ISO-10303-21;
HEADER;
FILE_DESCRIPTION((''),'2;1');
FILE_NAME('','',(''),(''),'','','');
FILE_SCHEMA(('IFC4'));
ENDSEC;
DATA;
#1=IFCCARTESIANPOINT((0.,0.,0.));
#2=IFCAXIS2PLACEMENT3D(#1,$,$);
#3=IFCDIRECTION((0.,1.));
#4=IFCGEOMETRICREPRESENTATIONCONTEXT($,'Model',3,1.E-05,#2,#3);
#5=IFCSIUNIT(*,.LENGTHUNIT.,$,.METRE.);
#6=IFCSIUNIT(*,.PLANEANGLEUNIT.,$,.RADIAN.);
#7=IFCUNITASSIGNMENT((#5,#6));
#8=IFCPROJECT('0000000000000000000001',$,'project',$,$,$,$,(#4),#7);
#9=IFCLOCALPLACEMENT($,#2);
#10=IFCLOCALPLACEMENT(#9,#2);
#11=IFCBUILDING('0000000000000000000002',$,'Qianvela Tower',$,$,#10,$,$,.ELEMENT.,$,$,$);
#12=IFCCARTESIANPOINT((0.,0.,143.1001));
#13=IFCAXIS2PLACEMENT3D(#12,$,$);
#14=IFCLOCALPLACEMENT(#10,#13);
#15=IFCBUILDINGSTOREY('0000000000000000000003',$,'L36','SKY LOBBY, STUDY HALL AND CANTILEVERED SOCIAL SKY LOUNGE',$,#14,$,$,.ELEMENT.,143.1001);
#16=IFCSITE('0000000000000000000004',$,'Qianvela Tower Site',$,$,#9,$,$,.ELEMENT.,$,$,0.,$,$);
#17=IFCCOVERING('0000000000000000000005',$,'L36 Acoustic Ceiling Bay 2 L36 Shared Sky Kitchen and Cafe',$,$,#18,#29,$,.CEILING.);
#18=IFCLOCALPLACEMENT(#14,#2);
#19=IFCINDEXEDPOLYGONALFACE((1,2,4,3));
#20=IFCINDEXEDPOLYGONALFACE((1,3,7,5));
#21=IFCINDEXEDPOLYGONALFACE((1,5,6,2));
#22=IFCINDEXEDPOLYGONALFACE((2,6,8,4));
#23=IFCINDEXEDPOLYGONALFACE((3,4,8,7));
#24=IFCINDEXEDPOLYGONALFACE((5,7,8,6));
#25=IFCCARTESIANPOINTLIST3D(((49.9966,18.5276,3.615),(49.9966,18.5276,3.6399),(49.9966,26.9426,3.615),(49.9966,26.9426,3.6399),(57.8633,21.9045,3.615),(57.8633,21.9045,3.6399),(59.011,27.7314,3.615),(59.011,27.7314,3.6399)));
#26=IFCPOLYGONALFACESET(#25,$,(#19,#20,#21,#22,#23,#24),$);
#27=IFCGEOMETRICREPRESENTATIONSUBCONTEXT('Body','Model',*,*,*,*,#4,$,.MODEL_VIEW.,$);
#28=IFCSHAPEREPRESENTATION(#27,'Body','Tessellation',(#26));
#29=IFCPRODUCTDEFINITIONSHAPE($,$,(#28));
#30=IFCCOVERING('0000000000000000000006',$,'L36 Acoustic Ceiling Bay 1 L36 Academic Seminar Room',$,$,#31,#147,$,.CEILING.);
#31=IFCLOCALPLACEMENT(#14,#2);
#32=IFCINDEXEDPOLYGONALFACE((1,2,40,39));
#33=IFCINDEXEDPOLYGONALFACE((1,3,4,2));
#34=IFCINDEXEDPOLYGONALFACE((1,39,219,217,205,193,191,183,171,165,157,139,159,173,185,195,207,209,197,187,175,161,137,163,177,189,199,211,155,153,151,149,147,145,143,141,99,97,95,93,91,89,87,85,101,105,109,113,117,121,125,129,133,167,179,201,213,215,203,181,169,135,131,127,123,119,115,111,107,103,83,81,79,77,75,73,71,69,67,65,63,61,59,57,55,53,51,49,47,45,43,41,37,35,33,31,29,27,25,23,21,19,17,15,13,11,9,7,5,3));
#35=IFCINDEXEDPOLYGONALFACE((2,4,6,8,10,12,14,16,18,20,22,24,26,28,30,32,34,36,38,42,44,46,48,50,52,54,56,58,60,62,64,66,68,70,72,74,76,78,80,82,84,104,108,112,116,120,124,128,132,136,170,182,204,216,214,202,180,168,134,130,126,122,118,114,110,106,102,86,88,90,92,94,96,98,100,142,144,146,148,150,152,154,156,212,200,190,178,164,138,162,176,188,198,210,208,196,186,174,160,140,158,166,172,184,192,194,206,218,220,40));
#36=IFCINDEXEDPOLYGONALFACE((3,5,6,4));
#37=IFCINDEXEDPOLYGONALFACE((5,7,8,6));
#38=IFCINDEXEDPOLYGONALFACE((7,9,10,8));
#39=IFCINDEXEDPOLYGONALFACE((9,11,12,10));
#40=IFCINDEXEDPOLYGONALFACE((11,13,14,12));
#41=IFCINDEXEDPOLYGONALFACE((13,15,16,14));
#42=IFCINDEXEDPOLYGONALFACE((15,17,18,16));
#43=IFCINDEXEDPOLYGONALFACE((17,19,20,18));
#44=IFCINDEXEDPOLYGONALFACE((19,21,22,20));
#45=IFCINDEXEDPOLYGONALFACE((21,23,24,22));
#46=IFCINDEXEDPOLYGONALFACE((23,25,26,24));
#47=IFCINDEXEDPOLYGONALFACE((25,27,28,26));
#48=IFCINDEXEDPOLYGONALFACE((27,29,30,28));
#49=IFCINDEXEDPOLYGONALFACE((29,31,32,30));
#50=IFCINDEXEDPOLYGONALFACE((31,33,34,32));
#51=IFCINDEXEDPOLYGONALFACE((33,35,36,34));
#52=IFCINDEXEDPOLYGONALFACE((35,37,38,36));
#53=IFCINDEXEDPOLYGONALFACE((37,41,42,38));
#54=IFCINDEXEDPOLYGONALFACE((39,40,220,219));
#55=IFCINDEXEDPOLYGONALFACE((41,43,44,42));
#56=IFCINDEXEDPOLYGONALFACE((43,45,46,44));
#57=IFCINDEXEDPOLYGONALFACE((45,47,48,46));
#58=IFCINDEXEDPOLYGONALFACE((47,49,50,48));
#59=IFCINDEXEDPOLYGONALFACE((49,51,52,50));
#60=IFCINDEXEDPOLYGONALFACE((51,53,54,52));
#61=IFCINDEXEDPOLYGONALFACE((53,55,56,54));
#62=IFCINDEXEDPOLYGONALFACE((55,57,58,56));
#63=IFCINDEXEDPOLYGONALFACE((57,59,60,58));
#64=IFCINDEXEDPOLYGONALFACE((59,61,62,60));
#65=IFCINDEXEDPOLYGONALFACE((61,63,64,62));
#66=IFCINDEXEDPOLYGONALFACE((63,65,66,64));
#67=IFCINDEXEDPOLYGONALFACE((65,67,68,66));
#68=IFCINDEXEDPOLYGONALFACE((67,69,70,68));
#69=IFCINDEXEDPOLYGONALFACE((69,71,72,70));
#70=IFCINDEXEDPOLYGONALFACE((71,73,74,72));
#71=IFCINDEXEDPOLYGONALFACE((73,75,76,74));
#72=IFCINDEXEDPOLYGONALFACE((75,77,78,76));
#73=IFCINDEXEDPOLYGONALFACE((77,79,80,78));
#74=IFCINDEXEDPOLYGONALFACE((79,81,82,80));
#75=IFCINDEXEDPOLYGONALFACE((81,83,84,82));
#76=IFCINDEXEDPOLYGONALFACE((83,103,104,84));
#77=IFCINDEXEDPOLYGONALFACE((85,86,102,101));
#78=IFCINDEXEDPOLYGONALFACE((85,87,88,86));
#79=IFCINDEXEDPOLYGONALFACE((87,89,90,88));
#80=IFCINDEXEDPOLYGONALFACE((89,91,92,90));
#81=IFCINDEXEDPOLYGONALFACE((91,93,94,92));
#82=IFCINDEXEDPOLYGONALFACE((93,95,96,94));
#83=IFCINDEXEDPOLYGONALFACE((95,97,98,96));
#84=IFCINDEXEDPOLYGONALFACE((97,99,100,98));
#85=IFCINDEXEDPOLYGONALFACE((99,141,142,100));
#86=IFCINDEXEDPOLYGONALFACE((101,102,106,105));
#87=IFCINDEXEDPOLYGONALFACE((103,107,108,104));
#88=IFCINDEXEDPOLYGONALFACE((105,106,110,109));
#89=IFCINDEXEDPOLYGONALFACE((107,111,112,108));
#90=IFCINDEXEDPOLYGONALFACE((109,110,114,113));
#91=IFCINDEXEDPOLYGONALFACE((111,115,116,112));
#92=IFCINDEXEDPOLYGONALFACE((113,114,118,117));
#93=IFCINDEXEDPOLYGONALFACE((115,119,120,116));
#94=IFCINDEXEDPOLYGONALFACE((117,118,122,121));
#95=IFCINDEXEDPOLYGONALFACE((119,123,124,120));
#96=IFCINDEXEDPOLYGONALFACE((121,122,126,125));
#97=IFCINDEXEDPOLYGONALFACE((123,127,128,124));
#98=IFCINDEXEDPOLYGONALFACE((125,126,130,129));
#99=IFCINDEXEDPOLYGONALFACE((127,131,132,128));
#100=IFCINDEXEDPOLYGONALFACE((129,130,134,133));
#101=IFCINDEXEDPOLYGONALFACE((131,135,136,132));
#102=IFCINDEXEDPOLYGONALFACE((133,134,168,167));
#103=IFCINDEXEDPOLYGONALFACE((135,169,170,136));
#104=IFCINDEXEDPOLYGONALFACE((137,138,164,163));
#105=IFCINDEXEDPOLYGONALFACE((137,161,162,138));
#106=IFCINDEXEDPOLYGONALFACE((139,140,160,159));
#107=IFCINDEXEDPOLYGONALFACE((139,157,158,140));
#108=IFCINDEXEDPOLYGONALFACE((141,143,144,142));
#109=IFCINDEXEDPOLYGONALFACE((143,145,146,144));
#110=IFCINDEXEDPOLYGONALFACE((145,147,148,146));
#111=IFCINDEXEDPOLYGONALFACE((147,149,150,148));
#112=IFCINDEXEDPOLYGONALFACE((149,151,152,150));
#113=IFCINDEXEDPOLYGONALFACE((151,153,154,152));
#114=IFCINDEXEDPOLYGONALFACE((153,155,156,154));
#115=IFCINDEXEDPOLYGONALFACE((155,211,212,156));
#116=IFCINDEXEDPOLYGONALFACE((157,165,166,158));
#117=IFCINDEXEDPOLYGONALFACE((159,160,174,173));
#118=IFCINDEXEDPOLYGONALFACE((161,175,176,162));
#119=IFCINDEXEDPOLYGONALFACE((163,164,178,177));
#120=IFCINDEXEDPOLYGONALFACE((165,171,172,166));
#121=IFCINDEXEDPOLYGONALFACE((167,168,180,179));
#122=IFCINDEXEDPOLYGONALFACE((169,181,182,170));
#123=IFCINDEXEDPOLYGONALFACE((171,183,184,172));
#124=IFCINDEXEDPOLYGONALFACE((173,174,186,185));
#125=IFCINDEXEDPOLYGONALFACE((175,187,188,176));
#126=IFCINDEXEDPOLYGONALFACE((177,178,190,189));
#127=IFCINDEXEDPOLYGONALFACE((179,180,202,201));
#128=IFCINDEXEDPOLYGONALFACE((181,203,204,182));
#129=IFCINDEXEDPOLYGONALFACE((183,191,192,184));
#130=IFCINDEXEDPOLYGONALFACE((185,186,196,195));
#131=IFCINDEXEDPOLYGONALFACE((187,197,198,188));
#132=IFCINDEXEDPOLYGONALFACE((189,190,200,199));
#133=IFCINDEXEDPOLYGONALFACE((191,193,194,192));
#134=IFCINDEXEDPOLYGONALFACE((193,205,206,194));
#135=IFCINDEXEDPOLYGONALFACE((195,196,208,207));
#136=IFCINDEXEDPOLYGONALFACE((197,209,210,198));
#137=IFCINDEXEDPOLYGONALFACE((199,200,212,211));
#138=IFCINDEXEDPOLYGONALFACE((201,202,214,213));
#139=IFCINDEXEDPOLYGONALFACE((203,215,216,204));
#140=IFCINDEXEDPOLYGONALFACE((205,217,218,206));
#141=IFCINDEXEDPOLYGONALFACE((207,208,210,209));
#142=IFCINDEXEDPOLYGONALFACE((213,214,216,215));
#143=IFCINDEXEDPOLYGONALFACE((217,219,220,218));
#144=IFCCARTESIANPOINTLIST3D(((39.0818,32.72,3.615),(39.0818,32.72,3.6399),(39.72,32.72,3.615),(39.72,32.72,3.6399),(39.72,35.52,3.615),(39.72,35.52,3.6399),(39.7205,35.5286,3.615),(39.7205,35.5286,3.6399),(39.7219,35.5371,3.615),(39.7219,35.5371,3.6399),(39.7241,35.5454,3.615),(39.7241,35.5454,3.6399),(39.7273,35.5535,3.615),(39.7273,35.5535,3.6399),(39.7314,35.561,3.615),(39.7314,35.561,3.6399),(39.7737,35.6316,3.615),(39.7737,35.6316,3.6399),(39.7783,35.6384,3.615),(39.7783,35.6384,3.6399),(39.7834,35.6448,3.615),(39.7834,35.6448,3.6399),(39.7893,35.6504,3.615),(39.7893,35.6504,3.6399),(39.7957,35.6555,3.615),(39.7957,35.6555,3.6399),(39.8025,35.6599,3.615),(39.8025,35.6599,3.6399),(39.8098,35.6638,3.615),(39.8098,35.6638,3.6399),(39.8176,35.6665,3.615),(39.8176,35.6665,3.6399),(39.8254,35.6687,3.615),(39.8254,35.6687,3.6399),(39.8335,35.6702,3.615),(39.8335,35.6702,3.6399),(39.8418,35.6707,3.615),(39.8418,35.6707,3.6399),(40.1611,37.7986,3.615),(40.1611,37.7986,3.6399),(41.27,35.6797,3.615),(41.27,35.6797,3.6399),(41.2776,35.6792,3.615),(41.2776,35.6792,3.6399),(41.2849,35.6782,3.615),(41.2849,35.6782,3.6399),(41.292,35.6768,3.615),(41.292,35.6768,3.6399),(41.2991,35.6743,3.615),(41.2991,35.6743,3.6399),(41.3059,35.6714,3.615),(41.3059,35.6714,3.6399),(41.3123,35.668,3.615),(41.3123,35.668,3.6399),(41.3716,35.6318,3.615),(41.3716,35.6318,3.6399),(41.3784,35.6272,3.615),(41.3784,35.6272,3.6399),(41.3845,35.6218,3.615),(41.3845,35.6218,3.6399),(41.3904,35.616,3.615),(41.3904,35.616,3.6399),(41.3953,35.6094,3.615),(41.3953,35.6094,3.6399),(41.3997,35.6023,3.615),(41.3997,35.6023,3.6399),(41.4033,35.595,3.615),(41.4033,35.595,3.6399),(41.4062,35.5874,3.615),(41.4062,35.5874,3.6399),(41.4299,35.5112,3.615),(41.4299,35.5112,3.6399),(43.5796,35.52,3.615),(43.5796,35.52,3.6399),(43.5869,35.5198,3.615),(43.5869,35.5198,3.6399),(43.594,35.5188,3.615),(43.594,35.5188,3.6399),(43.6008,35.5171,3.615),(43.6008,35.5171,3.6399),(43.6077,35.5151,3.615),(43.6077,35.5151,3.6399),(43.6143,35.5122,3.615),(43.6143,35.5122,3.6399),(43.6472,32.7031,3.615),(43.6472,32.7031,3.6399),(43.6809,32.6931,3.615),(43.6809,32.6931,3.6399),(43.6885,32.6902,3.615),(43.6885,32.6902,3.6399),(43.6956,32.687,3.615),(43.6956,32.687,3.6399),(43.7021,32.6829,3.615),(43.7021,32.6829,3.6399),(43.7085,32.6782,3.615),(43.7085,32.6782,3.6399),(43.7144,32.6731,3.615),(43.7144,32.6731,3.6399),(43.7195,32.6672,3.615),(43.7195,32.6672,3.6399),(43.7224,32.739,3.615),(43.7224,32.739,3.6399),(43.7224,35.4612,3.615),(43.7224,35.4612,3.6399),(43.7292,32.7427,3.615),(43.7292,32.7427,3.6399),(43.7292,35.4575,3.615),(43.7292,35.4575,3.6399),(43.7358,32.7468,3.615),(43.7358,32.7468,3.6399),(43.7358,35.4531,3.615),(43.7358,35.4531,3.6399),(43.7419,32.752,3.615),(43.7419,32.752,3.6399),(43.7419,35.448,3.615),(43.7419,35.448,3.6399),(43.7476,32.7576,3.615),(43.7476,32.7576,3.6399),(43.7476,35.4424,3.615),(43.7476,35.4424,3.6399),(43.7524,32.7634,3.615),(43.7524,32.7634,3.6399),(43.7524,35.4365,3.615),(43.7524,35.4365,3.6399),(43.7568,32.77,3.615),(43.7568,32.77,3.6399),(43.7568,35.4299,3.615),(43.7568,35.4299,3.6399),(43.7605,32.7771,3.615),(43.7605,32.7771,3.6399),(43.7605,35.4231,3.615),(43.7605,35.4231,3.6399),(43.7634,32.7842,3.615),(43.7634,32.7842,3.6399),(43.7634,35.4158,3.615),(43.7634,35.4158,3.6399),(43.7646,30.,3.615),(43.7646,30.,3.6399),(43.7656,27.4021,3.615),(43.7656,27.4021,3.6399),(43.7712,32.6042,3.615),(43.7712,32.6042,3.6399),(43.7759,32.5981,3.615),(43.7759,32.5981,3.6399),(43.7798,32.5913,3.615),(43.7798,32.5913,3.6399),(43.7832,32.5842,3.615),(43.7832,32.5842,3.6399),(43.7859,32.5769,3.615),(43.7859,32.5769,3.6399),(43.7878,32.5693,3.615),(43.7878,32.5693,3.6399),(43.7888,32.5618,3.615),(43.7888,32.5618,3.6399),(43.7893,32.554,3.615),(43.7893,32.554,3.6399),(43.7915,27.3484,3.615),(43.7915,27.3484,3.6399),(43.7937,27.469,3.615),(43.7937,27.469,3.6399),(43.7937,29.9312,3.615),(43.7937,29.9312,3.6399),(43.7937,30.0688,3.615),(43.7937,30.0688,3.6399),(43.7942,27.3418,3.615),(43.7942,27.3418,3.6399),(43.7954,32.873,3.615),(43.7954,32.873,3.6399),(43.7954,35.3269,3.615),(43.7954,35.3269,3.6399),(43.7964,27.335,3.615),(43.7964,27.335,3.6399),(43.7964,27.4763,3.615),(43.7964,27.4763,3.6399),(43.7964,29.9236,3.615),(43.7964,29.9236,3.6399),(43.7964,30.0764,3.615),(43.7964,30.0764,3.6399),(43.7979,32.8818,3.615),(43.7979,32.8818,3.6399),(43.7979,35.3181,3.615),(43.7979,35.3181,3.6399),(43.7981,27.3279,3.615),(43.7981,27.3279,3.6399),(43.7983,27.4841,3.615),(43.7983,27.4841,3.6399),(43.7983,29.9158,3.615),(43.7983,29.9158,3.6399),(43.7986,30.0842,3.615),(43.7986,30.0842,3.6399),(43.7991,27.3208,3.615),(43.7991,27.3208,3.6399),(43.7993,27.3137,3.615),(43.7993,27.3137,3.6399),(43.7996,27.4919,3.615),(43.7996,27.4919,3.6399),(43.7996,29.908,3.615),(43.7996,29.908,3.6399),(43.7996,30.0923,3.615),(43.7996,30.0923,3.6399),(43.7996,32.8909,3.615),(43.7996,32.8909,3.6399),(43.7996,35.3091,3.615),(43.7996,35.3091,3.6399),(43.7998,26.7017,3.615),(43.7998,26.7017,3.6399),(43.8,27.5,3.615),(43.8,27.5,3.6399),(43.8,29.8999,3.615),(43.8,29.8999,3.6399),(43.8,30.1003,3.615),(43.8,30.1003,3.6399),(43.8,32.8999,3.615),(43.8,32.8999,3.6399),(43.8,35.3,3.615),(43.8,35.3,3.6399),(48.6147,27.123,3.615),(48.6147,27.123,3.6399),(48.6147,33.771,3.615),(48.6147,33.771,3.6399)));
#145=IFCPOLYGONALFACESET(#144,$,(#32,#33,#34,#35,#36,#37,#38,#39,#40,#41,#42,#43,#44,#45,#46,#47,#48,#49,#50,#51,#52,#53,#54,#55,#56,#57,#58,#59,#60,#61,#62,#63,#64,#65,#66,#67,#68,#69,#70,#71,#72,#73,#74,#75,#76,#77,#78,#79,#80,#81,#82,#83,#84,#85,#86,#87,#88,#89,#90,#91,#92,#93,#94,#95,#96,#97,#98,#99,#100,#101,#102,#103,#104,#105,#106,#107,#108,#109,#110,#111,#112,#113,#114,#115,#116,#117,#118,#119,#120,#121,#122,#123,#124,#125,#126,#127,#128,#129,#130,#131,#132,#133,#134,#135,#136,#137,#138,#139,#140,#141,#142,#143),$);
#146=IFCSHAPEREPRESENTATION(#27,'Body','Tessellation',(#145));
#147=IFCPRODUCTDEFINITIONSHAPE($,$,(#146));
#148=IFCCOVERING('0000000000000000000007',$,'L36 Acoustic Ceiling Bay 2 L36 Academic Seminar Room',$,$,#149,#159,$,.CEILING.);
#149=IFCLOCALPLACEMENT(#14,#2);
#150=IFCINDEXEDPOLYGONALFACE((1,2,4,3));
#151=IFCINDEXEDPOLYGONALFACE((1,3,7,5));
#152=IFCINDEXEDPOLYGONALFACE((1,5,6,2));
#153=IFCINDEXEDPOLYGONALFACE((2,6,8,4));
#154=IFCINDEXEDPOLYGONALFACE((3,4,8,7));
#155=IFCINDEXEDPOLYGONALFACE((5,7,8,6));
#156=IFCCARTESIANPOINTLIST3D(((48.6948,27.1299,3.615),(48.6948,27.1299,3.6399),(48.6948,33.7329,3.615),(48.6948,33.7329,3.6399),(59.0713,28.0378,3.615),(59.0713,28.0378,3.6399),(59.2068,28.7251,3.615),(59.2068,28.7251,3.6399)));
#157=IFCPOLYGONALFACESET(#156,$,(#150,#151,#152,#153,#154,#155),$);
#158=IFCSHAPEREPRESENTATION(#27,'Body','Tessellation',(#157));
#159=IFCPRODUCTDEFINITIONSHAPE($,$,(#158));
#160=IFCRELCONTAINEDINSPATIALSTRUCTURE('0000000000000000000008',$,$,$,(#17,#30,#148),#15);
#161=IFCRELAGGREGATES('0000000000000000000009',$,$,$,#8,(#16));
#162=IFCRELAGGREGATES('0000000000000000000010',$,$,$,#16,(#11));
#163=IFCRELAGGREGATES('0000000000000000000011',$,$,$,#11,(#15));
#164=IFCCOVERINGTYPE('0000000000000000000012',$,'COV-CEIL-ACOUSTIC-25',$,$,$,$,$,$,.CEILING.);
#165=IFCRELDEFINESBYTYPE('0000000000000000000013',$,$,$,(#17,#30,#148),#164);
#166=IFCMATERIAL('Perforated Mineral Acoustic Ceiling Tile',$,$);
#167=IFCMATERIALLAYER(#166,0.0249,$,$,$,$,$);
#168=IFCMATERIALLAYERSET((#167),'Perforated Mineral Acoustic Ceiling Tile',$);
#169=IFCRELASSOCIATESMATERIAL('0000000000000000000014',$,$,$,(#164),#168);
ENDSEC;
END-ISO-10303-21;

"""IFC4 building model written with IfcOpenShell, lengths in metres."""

from ifc_helpers import new_model, si_unit, direction, frame, origin, place, context, subcontext, project, spatial, polyline, outline, extrude, material, layer, layer_set, type_object, element, save


model = new_model("IFC4")

# Units and contexts
model_context = context("Model", 3, precision=1e-05, world=origin(), true_north=direction((0.0, 1.0)))
body_context = subcontext(model_context, "Body", "Model", "MODEL_VIEW")
ifc_project = project(units=[si_unit("LENGTHUNIT", "METRE"), si_unit("PLANEANGLEUNIT", "RADIAN")], contexts=[model_context])

# Site, building, storey
site_placement = place(None, origin())
site = spatial("IfcSite", under=ifc_project, at=site_placement, Name="Qianvela Tower Site", CompositionType="ELEMENT", RefElevation=0.0)
building_placement = place(site_placement, origin())
building = spatial("IfcBuilding", under=site, at=building_placement, Name="Qianvela Tower", CompositionType="ELEMENT")
storey_placement = place(building_placement, frame((0.0, 0.0, 143.1001)))
storey = spatial("IfcBuildingStorey", under=building, at=storey_placement, Name="L36", Description="SKY LOBBY, STUDY HALL AND CANTILEVERED SOCIAL SKY LOUNGE", CompositionType="ELEMENT", Elevation=143.1001)

# Coverings
ifc_material_1 = material(Name="Perforated Mineral Acoustic Ceiling Tile")
ifc_layer_1 = layer(ifc_material_1, 0.0249)
ifc_layer_set_1 = layer_set([ifc_layer_1], Name="Perforated Mineral Acoustic Ceiling Tile")
covering_type_1 = type_object("IfcCoveringType", Name="COV-CEIL-ACOUSTIC-25", PredefinedType="CEILING", material=ifc_layer_set_1)
covering_1_placement = place(storey_placement, frame((0.0, 0.0, 3.615)))
element("IfcCovering", 1, at=covering_1_placement, inside=storey, type_object=covering_type_1, Name="L36 Acoustic Ceiling Bay 2 L36 Shared Sky Kitchen and Cafe", PredefinedType="CEILING", context=body_context, shape_type="SweptSolid", body=[
    extrude(outline(polyline([(59.011, 27.7314), (57.8633, 21.9045), (49.9966, 18.5276), (49.9966, 26.9426), (59.011, 27.7314)])), origin(), (0.0, 0.0, 1.0), 0.0249),
])
covering_2_placement = place(storey_placement, frame((0.0, 0.0, 3.615)))
element("IfcCovering", 2, at=covering_2_placement, inside=storey, type_object=covering_type_1, Name="L36 Acoustic Ceiling Bay 1 L36 Academic Seminar Room", PredefinedType="CEILING", context=body_context, shape_type="SweptSolid", body=[
    extrude(outline(polyline([(43.7224, 32.739), (43.7292, 32.7427), (43.7358, 32.7468), (43.7419, 32.752), (43.7476, 32.7576), (43.7524, 32.7634), (43.7568, 32.77), (43.7605, 32.7771), (43.7634, 32.7842), (43.7954, 32.873), (43.7979, 32.8818), (43.7996, 32.8909), (43.8, 32.8999), (43.8, 35.3), (43.7996, 35.3091), (43.7979, 35.3181), (43.7954, 35.3269), (43.7634, 35.4158), (43.7605, 35.4231), (43.7568, 35.4299), (43.7524, 35.4365), (43.7476, 35.4424), (43.7419, 35.448), (43.7358, 35.4531), (43.7292, 35.4575), (43.7224, 35.4612), (43.6143, 35.5122), (43.6077, 35.5151), (43.6008, 35.5171), (43.594, 35.5188), (43.5869, 35.5198), (43.5796, 35.52), (41.4299, 35.5112), (41.4062, 35.5874), (41.4033, 35.595), (41.3997, 35.6023), (41.3953, 35.6094), (41.3904, 35.616), (41.3845, 35.6218), (41.3784, 35.6272), (41.3716, 35.6318), (41.3123, 35.668), (41.3059, 35.6714), (41.2991, 35.6743), (41.292, 35.6768), (41.2849, 35.6782), (41.2776, 35.6792), (41.27, 35.6797), (39.8418, 35.6707), (39.8335, 35.6702), (39.8254, 35.6687), (39.8176, 35.6665), (39.8098, 35.6638), (39.8025, 35.6599), (39.7957, 35.6555), (39.7893, 35.6504), (39.7834, 35.6448), (39.7783, 35.6384), (39.7737, 35.6316), (39.7314, 35.561), (39.7273, 35.5535), (39.7241, 35.5454), (39.7219, 35.5371), (39.7205, 35.5286), (39.72, 35.52), (39.72, 32.72), (39.0818, 32.72), (40.1611, 37.7986), (48.6147, 33.771), (48.6147, 27.123), (43.7998, 26.7017), (43.7993, 27.3137), (43.7991, 27.3208), (43.7981, 27.3279), (43.7964, 27.335), (43.7942, 27.3418), (43.7915, 27.3484), (43.7656, 27.4021), (43.7937, 27.469), (43.7964, 27.4763), (43.7983, 27.4841), (43.7996, 27.4919), (43.8, 27.5), (43.8, 29.8999), (43.7996, 29.908), (43.7983, 29.9158), (43.7964, 29.9236), (43.7937, 29.9312), (43.7646, 30.0), (43.7937, 30.0688), (43.7964, 30.0764), (43.7986, 30.0842), (43.7996, 30.0923), (43.8, 30.1003), (43.7893, 32.554), (43.7888, 32.5618), (43.7878, 32.5693), (43.7859, 32.5769), (43.7832, 32.5842), (43.7798, 32.5913), (43.7759, 32.5981), (43.7712, 32.6042), (43.7195, 32.6672), (43.7144, 32.6731), (43.7085, 32.6782), (43.7021, 32.6829), (43.6956, 32.687), (43.6885, 32.6902), (43.6809, 32.6931), (43.6472, 32.7031), (43.7224, 32.739)])), origin(), (0.0, 0.0, 1.0), 0.0249),
])
covering_3_placement = place(storey_placement, frame((0.0, 0.0, 3.615)))
element("IfcCovering", 3, at=covering_3_placement, inside=storey, type_object=covering_type_1, Name="L36 Acoustic Ceiling Bay 2 L36 Academic Seminar Room", PredefinedType="CEILING", context=body_context, shape_type="SweptSolid", body=[
    extrude(outline(polyline([(59.2068, 28.7251), (59.0713, 28.0378), (48.6948, 27.1299), (48.6948, 33.7329), (59.2068, 28.7251)])), origin(), (0.0, 0.0, 1.0), 0.0249),
])

save(model, "model.ifc")
